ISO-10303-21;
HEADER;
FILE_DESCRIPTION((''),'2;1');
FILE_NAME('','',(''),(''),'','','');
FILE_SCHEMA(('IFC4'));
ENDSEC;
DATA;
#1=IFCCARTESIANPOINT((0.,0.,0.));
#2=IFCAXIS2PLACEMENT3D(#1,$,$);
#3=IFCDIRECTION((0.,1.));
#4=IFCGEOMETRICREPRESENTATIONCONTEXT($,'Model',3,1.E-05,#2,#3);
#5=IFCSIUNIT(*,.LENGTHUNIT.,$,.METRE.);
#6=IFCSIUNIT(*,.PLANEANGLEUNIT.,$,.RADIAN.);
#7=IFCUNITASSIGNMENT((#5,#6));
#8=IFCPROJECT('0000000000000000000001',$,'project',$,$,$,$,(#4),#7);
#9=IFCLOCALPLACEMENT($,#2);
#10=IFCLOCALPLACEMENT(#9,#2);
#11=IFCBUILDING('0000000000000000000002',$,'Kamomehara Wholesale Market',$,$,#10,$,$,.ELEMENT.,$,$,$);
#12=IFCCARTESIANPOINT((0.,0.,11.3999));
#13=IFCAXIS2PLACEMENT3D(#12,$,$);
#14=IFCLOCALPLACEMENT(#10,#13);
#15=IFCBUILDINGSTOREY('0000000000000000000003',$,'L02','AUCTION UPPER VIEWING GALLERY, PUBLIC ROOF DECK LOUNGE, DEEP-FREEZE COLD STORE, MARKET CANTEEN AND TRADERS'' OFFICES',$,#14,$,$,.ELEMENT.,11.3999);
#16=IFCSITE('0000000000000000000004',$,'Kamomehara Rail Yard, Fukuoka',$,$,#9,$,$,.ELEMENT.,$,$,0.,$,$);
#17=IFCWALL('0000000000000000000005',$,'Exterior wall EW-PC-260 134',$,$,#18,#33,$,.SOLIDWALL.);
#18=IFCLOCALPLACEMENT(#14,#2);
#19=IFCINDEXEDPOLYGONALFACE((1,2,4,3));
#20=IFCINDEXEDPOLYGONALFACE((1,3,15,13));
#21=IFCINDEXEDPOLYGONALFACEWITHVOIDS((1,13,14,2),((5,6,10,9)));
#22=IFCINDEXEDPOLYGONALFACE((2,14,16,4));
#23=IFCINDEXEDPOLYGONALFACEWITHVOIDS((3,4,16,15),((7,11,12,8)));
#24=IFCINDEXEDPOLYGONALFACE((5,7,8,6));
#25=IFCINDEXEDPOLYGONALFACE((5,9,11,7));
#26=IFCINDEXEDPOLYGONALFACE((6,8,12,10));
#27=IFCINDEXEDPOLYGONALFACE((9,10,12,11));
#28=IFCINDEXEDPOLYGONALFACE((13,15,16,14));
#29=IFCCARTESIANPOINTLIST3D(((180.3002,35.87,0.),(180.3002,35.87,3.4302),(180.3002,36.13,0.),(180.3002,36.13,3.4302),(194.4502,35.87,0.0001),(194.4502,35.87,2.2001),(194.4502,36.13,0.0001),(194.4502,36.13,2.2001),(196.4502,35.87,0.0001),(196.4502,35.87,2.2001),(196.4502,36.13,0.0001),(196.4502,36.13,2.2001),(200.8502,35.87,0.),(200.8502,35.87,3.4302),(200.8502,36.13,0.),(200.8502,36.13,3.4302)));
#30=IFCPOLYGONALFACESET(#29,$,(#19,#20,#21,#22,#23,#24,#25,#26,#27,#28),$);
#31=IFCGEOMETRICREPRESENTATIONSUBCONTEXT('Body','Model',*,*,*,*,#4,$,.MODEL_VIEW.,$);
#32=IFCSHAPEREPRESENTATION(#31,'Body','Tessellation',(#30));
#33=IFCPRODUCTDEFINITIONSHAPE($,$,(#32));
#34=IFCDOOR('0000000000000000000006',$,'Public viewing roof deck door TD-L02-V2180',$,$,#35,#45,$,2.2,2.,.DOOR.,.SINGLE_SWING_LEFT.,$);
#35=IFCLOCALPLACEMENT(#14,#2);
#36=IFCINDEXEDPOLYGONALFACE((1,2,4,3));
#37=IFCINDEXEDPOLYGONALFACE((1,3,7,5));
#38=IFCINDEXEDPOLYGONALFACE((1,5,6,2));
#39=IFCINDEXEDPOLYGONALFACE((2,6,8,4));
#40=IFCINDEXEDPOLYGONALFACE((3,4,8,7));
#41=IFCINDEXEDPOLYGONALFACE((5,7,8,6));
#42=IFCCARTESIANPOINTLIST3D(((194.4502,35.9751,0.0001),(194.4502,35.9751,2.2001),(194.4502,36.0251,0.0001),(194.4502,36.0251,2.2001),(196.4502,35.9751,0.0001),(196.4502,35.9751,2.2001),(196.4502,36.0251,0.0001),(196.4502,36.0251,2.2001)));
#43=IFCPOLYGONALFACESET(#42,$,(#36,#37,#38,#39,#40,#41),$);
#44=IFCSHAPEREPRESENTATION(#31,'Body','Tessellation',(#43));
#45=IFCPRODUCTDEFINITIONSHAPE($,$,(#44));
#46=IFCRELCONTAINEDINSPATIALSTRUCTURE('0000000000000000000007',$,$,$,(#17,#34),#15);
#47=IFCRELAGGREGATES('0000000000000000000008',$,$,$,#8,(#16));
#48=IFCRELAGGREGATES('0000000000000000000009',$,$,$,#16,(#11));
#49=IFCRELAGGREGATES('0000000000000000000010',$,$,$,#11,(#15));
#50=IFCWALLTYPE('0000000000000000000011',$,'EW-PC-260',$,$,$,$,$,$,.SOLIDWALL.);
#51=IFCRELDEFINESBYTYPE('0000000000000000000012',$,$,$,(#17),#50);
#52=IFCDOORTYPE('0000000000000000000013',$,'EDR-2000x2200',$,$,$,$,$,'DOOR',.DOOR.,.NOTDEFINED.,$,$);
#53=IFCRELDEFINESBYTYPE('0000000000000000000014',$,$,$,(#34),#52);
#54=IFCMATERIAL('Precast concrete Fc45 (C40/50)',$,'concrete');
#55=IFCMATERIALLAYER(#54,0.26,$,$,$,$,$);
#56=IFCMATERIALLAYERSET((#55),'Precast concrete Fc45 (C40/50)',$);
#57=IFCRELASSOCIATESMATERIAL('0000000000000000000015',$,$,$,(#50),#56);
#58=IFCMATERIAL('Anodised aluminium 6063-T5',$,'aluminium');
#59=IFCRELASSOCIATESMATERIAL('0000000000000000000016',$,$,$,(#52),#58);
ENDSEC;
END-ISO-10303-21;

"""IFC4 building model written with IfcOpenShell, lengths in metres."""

from ifc_helpers import new_model, si_unit, direction, frame, frame_2d, origin, place, context, subcontext, project, spatial, rectangle, extrude, material, layer, layer_set, type_object, element, fill, save


model = new_model("IFC4")

# Units and contexts
model_context = context("Model", 3, precision=1e-05, world=origin(), true_north=direction((0.0, 1.0)))
body_context = subcontext(model_context, "Body", "Model", "MODEL_VIEW")
ifc_project = project(units=[si_unit("LENGTHUNIT", "METRE"), si_unit("PLANEANGLEUNIT", "RADIAN")], contexts=[model_context])

# Site, building, storey
site_placement = place(None, origin())
site = spatial("IfcSite", under=ifc_project, at=site_placement, Name="Kamomehara Rail Yard, Fukuoka", CompositionType="ELEMENT", RefElevation=0.0)
building_placement = place(site_placement, origin())
building = spatial("IfcBuilding", under=site, at=building_placement, Name="Kamomehara Wholesale Market", CompositionType="ELEMENT")
storey_placement = place(building_placement, frame((0.0, 0.0, 11.3999)))
storey = spatial("IfcBuildingStorey", under=building, at=storey_placement, Name="L02", Description="AUCTION UPPER VIEWING GALLERY, PUBLIC ROOF DECK LOUNGE, DEEP-FREEZE COLD STORE, MARKET CANTEEN AND TRADERS' OFFICES", CompositionType="ELEMENT", Elevation=11.3999)

# Wall, opening, door
ifc_material_1 = material(Name="Precast concrete Fc45 (C40/50)", Category="concrete")
ifc_layer_1 = layer(ifc_material_1, 0.26)
ifc_layer_set_1 = layer_set([ifc_layer_1], Name="Precast concrete Fc45 (C40/50)")
wall_type = type_object("IfcWallType", Name="EW-PC-260", PredefinedType="SOLIDWALL", material=ifc_layer_set_1)
wall_placement = place(storey_placement, frame((200.8501, 36.0, 0.0), z_axis=(0.0, 0.0, 1.0), x_axis=(-1.0, 0.0, 0.0)))
wall = element("IfcWall", 1, at=wall_placement, inside=storey, type_object=wall_type, Name="Exterior wall EW-PC-260 134", PredefinedType="SOLIDWALL", context=body_context, shape_type="SweptSolid", body=[
    extrude(rectangle(XDim=20.55, YDim=0.26, at=frame_2d((10.2749, 0.0))), origin(), (0.0, 0.0, 1.0), 3.4302),
])
opening_placement = place(wall_placement, frame((4.3999, 0.0, 0.0)))
opening = element("IfcOpeningElement", 2, at=opening_placement, cuts=wall, PredefinedType="OPENING", context=body_context, shape_type="SweptSolid", body=[
    extrude(rectangle(XDim=2.0, YDim=2.2, at=frame_2d((1.0, 1.1001))), frame((0.0, 0.145, 0.0), z_axis=(0.0, -1.0, 0.0), x_axis=(1.0, 0.0, 0.0)), (0.0, 0.0, 1.0), 0.2898),
])
ifc_material_2 = material(Name="Anodised aluminium 6063-T5", Category="aluminium")
door_type = type_object("IfcDoorType", Name="EDR-2000x2200", ElementType="DOOR", OperationType="NOTDEFINED", PredefinedType="DOOR", material=ifc_material_2)
door_placement = place(opening_placement, origin())
door = element("IfcDoor", 3, at=door_placement, inside=storey, type_object=door_type, Name="Public viewing roof deck door TD-L02-V2180", OperationType="SINGLE_SWING_LEFT", OverallHeight=2.2, OverallWidth=2.0, PredefinedType="DOOR", context=body_context, shape_type="SweptSolid", body=[
    extrude(rectangle(XDim=2.0, YDim=2.2, at=frame_2d((1.0, 1.1001))), frame((0.0, 0.0249, 0.0), z_axis=(0.0, -1.0, 0.0), x_axis=(1.0, 0.0, 0.0)), (0.0, 0.0, 1.0), 0.05),
])
fill(opening, door)

save(model, "model.ifc")
